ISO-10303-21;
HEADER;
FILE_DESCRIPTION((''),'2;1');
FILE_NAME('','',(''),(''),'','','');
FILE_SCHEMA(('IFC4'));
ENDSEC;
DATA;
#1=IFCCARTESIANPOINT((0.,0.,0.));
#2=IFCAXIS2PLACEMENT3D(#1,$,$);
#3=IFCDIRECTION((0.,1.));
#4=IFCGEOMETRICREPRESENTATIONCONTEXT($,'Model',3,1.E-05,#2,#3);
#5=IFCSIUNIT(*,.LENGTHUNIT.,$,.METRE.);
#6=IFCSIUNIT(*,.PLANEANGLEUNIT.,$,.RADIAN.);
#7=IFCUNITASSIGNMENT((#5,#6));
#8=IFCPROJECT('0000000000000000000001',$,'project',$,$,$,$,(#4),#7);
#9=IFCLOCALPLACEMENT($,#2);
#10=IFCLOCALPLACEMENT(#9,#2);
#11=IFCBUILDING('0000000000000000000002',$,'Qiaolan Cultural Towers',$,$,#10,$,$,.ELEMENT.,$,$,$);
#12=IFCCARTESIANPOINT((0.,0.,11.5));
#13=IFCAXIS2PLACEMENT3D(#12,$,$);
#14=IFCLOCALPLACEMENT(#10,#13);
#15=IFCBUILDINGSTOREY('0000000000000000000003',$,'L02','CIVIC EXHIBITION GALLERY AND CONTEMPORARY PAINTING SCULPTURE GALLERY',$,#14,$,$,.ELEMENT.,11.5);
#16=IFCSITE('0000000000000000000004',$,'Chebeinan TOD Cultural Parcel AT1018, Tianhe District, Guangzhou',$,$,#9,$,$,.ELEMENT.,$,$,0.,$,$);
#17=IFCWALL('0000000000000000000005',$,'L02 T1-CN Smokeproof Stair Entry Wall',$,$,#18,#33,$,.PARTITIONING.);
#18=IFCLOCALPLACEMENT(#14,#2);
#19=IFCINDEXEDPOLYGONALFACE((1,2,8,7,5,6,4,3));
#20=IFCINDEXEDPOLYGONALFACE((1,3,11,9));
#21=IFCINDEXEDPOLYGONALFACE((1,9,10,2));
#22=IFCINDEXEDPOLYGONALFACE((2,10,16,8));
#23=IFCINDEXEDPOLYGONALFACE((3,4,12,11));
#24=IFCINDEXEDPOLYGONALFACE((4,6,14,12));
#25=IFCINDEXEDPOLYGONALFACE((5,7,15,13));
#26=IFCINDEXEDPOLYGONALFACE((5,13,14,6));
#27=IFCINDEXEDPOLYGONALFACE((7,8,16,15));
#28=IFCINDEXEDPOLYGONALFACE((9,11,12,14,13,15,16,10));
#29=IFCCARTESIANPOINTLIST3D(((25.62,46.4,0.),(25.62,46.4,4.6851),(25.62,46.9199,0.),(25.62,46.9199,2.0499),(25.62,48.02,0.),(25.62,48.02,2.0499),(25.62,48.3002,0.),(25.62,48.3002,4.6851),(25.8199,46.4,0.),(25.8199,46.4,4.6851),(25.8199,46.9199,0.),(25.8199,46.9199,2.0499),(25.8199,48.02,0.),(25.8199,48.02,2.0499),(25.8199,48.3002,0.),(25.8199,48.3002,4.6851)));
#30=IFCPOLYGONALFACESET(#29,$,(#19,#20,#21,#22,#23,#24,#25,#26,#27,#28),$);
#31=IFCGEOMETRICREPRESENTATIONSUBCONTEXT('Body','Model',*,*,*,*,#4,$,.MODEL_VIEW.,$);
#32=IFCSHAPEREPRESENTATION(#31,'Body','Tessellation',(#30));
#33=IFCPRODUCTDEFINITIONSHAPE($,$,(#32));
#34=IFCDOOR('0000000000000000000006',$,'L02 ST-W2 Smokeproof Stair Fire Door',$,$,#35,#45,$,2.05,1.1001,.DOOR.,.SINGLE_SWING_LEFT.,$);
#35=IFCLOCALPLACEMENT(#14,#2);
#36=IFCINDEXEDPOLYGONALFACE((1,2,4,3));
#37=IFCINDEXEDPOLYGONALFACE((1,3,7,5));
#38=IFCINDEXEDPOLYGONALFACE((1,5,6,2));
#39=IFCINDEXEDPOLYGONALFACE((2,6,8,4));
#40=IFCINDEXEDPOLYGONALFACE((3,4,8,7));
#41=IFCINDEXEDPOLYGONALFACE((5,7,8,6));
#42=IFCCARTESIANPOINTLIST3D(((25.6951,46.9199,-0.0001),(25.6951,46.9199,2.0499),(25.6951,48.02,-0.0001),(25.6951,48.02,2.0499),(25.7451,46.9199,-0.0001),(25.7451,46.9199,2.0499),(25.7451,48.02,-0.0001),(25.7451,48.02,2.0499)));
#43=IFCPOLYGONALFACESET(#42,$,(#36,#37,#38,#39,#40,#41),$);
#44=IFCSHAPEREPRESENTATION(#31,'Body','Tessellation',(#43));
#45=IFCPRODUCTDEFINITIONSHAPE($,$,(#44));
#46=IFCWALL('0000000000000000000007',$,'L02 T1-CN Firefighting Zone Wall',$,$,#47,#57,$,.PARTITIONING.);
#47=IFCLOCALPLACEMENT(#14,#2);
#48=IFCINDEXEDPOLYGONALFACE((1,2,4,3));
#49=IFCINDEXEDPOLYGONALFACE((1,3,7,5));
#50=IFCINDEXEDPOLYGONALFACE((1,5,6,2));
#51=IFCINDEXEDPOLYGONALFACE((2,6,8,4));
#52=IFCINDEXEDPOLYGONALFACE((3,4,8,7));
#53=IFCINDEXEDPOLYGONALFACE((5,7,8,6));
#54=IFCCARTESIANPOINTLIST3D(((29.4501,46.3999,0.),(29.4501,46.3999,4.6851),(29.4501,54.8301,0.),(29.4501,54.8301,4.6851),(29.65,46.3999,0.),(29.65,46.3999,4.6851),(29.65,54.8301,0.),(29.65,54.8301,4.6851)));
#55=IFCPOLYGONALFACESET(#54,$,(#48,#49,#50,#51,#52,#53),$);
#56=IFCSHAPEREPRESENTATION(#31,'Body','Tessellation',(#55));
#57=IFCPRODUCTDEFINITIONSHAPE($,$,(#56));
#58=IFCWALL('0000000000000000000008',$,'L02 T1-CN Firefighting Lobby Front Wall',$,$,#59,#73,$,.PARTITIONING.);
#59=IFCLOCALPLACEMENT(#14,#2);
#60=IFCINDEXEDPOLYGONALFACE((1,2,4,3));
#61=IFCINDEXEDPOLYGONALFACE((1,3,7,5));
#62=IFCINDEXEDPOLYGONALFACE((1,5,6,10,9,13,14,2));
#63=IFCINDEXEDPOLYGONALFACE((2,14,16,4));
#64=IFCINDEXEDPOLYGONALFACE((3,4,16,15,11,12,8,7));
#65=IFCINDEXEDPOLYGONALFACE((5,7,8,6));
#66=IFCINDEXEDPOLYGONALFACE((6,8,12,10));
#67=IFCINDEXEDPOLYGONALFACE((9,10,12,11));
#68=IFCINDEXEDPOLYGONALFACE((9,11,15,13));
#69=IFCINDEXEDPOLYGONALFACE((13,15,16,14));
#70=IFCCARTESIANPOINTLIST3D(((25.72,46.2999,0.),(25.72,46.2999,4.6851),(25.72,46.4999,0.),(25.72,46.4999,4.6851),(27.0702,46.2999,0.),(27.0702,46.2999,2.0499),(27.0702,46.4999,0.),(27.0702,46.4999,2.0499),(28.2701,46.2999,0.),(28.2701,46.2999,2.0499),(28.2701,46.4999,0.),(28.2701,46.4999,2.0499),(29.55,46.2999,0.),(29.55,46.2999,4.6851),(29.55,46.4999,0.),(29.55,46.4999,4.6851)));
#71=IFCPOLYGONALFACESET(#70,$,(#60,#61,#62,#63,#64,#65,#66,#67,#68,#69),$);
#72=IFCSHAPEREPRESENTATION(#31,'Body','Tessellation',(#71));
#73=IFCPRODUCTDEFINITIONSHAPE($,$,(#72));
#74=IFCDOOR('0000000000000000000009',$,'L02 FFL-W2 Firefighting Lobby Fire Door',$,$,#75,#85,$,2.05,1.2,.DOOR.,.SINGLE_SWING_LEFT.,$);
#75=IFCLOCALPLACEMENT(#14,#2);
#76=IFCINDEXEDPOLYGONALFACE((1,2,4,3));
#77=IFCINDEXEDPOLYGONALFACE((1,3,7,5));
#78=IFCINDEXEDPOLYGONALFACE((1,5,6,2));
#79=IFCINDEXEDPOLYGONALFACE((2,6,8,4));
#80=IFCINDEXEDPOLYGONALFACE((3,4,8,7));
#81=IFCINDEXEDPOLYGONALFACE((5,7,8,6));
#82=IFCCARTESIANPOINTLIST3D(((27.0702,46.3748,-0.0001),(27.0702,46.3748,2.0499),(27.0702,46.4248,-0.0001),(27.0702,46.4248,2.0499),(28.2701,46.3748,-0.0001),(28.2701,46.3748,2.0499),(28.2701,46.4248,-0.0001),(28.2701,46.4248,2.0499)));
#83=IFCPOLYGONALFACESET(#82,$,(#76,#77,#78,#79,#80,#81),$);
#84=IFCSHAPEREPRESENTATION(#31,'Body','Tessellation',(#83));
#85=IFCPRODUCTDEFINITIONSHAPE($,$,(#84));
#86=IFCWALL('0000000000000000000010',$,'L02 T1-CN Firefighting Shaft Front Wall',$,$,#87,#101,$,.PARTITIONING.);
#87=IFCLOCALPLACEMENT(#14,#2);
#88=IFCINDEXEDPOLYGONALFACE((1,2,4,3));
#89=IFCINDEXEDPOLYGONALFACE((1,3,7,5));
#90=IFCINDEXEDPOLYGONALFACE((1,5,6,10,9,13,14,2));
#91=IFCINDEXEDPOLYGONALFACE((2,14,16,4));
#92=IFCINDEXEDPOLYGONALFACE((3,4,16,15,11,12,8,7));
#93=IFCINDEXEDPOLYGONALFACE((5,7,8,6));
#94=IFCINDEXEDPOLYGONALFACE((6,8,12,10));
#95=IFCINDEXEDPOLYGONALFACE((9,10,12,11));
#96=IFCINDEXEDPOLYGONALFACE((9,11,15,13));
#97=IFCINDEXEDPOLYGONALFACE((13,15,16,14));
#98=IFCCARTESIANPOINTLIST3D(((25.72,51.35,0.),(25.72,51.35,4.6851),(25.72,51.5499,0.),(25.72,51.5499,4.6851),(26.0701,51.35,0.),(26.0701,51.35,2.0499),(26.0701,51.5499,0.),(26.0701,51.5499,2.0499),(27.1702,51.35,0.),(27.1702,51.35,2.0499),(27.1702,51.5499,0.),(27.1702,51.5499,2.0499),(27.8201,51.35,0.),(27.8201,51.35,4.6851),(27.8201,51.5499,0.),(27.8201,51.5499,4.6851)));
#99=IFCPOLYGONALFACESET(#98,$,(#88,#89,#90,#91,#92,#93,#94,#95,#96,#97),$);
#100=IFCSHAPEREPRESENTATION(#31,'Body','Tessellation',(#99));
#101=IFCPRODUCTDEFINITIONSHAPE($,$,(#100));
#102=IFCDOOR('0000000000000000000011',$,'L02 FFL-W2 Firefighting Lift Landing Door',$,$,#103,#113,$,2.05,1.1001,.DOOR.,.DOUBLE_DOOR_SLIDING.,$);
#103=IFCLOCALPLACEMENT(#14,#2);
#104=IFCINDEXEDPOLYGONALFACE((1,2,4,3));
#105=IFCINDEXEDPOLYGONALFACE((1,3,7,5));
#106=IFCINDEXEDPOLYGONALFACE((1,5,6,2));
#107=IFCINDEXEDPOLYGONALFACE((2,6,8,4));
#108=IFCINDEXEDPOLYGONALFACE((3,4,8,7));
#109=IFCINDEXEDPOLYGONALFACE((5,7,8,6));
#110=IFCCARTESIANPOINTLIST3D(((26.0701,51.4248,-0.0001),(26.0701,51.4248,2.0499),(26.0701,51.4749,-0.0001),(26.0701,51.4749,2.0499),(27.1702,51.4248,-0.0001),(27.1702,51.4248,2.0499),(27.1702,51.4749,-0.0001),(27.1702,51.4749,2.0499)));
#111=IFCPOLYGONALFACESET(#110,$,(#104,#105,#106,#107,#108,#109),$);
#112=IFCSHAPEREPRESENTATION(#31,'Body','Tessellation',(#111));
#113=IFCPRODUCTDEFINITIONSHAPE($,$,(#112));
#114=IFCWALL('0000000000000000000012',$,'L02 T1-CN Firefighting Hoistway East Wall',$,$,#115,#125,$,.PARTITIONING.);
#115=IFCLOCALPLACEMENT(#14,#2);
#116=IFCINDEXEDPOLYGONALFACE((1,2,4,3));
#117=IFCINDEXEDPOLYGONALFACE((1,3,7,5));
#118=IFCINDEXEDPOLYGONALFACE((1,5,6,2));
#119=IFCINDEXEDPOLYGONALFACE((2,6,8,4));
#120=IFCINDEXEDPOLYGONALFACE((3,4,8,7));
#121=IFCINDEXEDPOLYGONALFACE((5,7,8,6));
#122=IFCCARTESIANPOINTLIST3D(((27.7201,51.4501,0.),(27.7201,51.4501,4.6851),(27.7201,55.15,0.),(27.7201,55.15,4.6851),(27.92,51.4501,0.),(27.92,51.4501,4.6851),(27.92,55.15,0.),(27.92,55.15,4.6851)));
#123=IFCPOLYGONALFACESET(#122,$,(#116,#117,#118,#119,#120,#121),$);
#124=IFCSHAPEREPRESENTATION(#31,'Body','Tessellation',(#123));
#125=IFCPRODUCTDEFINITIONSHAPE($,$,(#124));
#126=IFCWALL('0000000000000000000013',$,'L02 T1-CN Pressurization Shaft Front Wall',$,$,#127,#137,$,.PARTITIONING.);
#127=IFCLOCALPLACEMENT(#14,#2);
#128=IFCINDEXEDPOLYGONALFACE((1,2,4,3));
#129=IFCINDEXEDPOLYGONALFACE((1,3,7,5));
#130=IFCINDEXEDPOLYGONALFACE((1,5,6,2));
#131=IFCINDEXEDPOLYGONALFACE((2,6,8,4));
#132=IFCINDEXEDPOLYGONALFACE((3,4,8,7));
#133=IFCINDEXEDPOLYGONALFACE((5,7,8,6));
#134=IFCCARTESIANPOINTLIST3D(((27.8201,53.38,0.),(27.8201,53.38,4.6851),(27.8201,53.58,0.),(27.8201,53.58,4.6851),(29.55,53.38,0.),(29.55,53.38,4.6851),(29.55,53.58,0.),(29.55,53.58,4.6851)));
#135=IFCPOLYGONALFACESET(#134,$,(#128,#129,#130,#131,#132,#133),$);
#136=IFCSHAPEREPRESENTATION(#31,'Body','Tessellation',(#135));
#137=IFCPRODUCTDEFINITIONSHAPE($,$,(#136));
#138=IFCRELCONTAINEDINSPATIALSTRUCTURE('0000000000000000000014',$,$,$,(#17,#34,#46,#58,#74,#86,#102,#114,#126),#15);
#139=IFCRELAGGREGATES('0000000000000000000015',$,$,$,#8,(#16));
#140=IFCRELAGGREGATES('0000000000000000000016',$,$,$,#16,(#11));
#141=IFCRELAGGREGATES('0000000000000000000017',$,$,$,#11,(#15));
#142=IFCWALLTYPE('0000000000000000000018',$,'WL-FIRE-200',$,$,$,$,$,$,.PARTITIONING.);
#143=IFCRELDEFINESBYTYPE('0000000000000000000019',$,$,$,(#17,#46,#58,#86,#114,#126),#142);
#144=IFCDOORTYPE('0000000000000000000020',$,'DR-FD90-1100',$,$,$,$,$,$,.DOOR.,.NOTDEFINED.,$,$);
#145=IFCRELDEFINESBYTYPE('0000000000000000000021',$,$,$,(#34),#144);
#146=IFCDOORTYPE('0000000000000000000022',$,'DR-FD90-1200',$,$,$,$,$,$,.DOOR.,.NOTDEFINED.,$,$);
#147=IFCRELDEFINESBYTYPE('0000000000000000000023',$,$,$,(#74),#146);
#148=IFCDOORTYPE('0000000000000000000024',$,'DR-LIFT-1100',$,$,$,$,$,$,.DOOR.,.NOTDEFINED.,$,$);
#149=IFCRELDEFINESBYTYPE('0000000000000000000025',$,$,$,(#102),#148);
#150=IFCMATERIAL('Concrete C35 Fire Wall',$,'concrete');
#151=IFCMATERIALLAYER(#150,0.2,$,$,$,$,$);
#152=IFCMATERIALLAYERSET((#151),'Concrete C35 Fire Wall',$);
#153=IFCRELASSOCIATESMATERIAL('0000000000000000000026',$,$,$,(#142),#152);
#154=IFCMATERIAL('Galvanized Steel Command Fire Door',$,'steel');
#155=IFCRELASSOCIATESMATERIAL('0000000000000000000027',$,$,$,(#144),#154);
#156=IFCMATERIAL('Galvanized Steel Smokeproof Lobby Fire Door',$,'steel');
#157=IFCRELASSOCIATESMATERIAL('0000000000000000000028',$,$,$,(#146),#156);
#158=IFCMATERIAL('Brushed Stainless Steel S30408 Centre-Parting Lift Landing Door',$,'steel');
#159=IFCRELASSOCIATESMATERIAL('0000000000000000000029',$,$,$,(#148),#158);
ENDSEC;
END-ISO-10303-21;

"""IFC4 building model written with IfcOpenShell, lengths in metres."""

from ifc_helpers import new_model, si_unit, direction, frame, frame_2d, origin, place, context, subcontext, project, spatial, rectangle, extrude, material, layer, layer_set, type_object, element, fill, save


model = new_model("IFC4")

# Units and contexts
model_context = context("Model", 3, precision=1e-05, world=origin(), true_north=direction((0.0, 1.0)))
body_context = subcontext(model_context, "Body", "Model", "MODEL_VIEW")
ifc_project = project(units=[si_unit("LENGTHUNIT", "METRE"), si_unit("PLANEANGLEUNIT", "RADIAN")], contexts=[model_context])

# Site, building, storey
site_placement = place(None, origin())
site = spatial("IfcSite", under=ifc_project, at=site_placement, Name="Chebeinan TOD Cultural Parcel AT1018, Tianhe District, Guangzhou", CompositionType="ELEMENT", RefElevation=0.0)
building_placement = place(site_placement, origin())
building = spatial("IfcBuilding", under=site, at=building_placement, Name="Qiaolan Cultural Towers", CompositionType="ELEMENT")
storey_placement = place(building_placement, frame((0.0, 0.0, 11.5)))
storey = spatial("IfcBuildingStorey", under=building, at=storey_placement, Name="L02", Description="CIVIC EXHIBITION GALLERY AND CONTEMPORARY PAINTING SCULPTURE GALLERY", CompositionType="ELEMENT", Elevation=11.5)

# Wall, opening, door
ifc_material_1 = material(Name="Concrete C35 Fire Wall", Category="concrete")
ifc_layer_1 = layer(ifc_material_1, 0.2)
ifc_layer_set_1 = layer_set([ifc_layer_1], Name="Concrete C35 Fire Wall")
wall_type_1 = type_object("IfcWallType", Name="WL-FIRE-200", PredefinedType="PARTITIONING", material=ifc_layer_set_1)
wall_1_placement = place(storey_placement, frame((25.72, 46.3999, 0.0), z_axis=(0.0, 0.0, 1.0), x_axis=(0.0, 1.0, 0.0)))
wall_1 = element("IfcWall", 1, at=wall_1_placement, inside=storey, type_object=wall_type_1, Name="L02 T1-CN Smokeproof Stair Entry Wall", PredefinedType="PARTITIONING", context=body_context, shape_type="SweptSolid", body=[
    extrude(rectangle(XDim=1.9001, YDim=0.2, at=frame_2d((0.9502, 0.0))), origin(), (0.0, 0.0, 1.0), 4.6851),
])
opening_1_placement = place(wall_1_placement, frame((0.52, 0.0, 0.0)))
opening_1 = element("IfcOpeningElement", 2, at=opening_1_placement, cuts=wall_1, PredefinedType="OPENING", context=body_context, shape_type="SweptSolid", body=[
    extrude(rectangle(XDim=1.1001, YDim=2.05, at=frame_2d((0.55, 1.0249))), frame((0.0, 0.1099, 0.0), z_axis=(0.0, -1.0, 0.0), x_axis=(1.0, 0.0, 0.0)), (0.0, 0.0, 1.0), 0.22),
])
ifc_material_2 = material(Name="Galvanized Steel Command Fire Door", Category="steel")
door_type_1 = type_object("IfcDoorType", Name="DR-FD90-1100", OperationType="NOTDEFINED", PredefinedType="DOOR", material=ifc_material_2)
door_1_placement = place(opening_1_placement, origin())
door_1 = element("IfcDoor", 3, at=door_1_placement, inside=storey, type_object=door_type_1, Name="L02 ST-W2 Smokeproof Stair Fire Door", OperationType="SINGLE_SWING_LEFT", OverallHeight=2.05, OverallWidth=1.1001, PredefinedType="DOOR", context=body_context, shape_type="SweptSolid", body=[
    extrude(rectangle(XDim=1.1001, YDim=2.05, at=frame_2d((0.55, 1.0249))), frame((0.0, 0.0249, 0.0), z_axis=(0.0, -1.0, 0.0), x_axis=(1.0, 0.0, 0.0)), (0.0, 0.0, 1.0), 0.05),
])
fill(opening_1, door_1)

# Wall
wall_2_placement = place(storey_placement, frame((29.55, 46.3999, 0.0), z_axis=(0.0, 0.0, 1.0), x_axis=(0.0, 1.0, 0.0)))
element("IfcWall", 4, at=wall_2_placement, inside=storey, type_object=wall_type_1, Name="L02 T1-CN Firefighting Zone Wall", PredefinedType="PARTITIONING", context=body_context, shape_type="SweptSolid", body=[
    extrude(rectangle(XDim=8.4302, YDim=0.2, at=frame_2d((4.2151, 0.0))), origin(), (0.0, 0.0, 1.0), 4.6851),
])

# Walls, openings, doors
wall_3_placement = place(storey_placement, frame((25.72, 46.3999, 0.0), z_axis=(0.0, 0.0, 1.0), x_axis=(1.0, 0.0, 0.0)))
wall_3 = element("IfcWall", 5, at=wall_3_placement, inside=storey, type_object=wall_type_1, Name="L02 T1-CN Firefighting Lobby Front Wall", PredefinedType="PARTITIONING", context=body_context, shape_type="SweptSolid", body=[
    extrude(rectangle(XDim=3.8301, YDim=0.2, at=frame_2d((1.915, 0.0))), origin(), (0.0, 0.0, 1.0), 4.6851),
])
opening_2_placement = place(wall_3_placement, frame((1.3501, 0.0, 0.0)))
opening_2 = element("IfcOpeningElement", 6, at=opening_2_placement, cuts=wall_3, PredefinedType="OPENING", context=body_context, shape_type="SweptSolid", body=[
    extrude(rectangle(XDim=1.2, YDim=2.05, at=frame_2d((0.6001, 1.0249))), frame((0.0, 0.1099, 0.0), z_axis=(0.0, -1.0, 0.0), x_axis=(1.0, 0.0, 0.0)), (0.0, 0.0, 1.0), 0.22),
])
ifc_material_3 = material(Name="Galvanized Steel Smokeproof Lobby Fire Door", Category="steel")
door_type_2 = type_object("IfcDoorType", Name="DR-FD90-1200", OperationType="NOTDEFINED", PredefinedType="DOOR", material=ifc_material_3)
door_2_placement = place(opening_2_placement, origin())
door_2 = element("IfcDoor", 7, at=door_2_placement, inside=storey, type_object=door_type_2, Name="L02 FFL-W2 Firefighting Lobby Fire Door", OperationType="SINGLE_SWING_LEFT", OverallHeight=2.05, OverallWidth=1.2, PredefinedType="DOOR", context=body_context, shape_type="SweptSolid", body=[
    extrude(rectangle(XDim=1.2, YDim=2.05, at=frame_2d((0.6001, 1.0249))), frame((0.0, 0.0249, 0.0), z_axis=(0.0, -1.0, 0.0), x_axis=(1.0, 0.0, 0.0)), (0.0, 0.0, 1.0), 0.05),
])
fill(opening_2, door_2)
wall_4_placement = place(storey_placement, frame((25.72, 51.45, 0.0), z_axis=(0.0, 0.0, 1.0), x_axis=(1.0, 0.0, 0.0)))
wall_4 = element("IfcWall", 8, at=wall_4_placement, inside=storey, type_object=wall_type_1, Name="L02 T1-CN Firefighting Shaft Front Wall", PredefinedType="PARTITIONING", context=body_context, shape_type="SweptSolid", body=[
    extrude(rectangle(XDim=2.1001, YDim=0.2, at=frame_2d((1.05, 0.0))), origin(), (0.0, 0.0, 1.0), 4.6851),
])
opening_3_placement = place(wall_4_placement, frame((0.3501, 0.0, 0.0)))
opening_3 = element("IfcOpeningElement", 9, at=opening_3_placement, cuts=wall_4, PredefinedType="OPENING", context=body_context, shape_type="SweptSolid", body=[
    extrude(rectangle(XDim=1.1001, YDim=2.05, at=frame_2d((0.55, 1.0249))), frame((0.0, 0.1099, 0.0), z_axis=(0.0, -1.0, 0.0), x_axis=(1.0, 0.0, 0.0)), (0.0, 0.0, 1.0), 0.22),
])
ifc_material_4 = material(Name="Brushed Stainless Steel S30408 Centre-Parting Lift Landing Door", Category="steel")
door_type_3 = type_object("IfcDoorType", Name="DR-LIFT-1100", OperationType="NOTDEFINED", PredefinedType="DOOR", material=ifc_material_4)
door_3_placement = place(opening_3_placement, origin())
door_3 = element("IfcDoor", 10, at=door_3_placement, inside=storey, type_object=door_type_3, Name="L02 FFL-W2 Firefighting Lift Landing Door", OperationType="DOUBLE_DOOR_SLIDING", OverallHeight=2.05, OverallWidth=1.1001, PredefinedType="DOOR", context=body_context, shape_type="SweptSolid", body=[
    extrude(rectangle(XDim=1.1001, YDim=2.05, at=frame_2d((0.55, 1.0249))), frame((0.0, 0.0249, 0.0), z_axis=(0.0, -1.0, 0.0), x_axis=(1.0, 0.0, 0.0)), (0.0, 0.0, 1.0), 0.05),
])
fill(opening_3, door_3)

# Walls
wall_5_placement = place(storey_placement, frame((27.8201, 51.45, 0.0), z_axis=(0.0, 0.0, 1.0), x_axis=(0.0, 1.0, 0.0)))
element("IfcWall", 11, at=wall_5_placement, inside=storey, type_object=wall_type_1, Name="L02 T1-CN Firefighting Hoistway East Wall", PredefinedType="PARTITIONING", context=body_context, shape_type="SweptSolid", body=[
    extrude(rectangle(XDim=3.7, YDim=0.2, at=frame_2d((1.8501, 0.0))), origin(), (0.0, 0.0, 1.0), 4.6851),
])
wall_6_placement = place(storey_placement, frame((27.8201, 53.48, 0.0), z_axis=(0.0, 0.0, 1.0), x_axis=(1.0, 0.0, 0.0)))
element("IfcWall", 12, at=wall_6_placement, inside=storey, type_object=wall_type_1, Name="L02 T1-CN Pressurization Shaft Front Wall", PredefinedType="PARTITIONING", context=body_context, shape_type="SweptSolid", body=[
    extrude(rectangle(XDim=1.73, YDim=0.2, at=frame_2d((0.865, 0.0))), origin(), (0.0, 0.0, 1.0), 4.6851),
])

save(model, "model.ifc")
